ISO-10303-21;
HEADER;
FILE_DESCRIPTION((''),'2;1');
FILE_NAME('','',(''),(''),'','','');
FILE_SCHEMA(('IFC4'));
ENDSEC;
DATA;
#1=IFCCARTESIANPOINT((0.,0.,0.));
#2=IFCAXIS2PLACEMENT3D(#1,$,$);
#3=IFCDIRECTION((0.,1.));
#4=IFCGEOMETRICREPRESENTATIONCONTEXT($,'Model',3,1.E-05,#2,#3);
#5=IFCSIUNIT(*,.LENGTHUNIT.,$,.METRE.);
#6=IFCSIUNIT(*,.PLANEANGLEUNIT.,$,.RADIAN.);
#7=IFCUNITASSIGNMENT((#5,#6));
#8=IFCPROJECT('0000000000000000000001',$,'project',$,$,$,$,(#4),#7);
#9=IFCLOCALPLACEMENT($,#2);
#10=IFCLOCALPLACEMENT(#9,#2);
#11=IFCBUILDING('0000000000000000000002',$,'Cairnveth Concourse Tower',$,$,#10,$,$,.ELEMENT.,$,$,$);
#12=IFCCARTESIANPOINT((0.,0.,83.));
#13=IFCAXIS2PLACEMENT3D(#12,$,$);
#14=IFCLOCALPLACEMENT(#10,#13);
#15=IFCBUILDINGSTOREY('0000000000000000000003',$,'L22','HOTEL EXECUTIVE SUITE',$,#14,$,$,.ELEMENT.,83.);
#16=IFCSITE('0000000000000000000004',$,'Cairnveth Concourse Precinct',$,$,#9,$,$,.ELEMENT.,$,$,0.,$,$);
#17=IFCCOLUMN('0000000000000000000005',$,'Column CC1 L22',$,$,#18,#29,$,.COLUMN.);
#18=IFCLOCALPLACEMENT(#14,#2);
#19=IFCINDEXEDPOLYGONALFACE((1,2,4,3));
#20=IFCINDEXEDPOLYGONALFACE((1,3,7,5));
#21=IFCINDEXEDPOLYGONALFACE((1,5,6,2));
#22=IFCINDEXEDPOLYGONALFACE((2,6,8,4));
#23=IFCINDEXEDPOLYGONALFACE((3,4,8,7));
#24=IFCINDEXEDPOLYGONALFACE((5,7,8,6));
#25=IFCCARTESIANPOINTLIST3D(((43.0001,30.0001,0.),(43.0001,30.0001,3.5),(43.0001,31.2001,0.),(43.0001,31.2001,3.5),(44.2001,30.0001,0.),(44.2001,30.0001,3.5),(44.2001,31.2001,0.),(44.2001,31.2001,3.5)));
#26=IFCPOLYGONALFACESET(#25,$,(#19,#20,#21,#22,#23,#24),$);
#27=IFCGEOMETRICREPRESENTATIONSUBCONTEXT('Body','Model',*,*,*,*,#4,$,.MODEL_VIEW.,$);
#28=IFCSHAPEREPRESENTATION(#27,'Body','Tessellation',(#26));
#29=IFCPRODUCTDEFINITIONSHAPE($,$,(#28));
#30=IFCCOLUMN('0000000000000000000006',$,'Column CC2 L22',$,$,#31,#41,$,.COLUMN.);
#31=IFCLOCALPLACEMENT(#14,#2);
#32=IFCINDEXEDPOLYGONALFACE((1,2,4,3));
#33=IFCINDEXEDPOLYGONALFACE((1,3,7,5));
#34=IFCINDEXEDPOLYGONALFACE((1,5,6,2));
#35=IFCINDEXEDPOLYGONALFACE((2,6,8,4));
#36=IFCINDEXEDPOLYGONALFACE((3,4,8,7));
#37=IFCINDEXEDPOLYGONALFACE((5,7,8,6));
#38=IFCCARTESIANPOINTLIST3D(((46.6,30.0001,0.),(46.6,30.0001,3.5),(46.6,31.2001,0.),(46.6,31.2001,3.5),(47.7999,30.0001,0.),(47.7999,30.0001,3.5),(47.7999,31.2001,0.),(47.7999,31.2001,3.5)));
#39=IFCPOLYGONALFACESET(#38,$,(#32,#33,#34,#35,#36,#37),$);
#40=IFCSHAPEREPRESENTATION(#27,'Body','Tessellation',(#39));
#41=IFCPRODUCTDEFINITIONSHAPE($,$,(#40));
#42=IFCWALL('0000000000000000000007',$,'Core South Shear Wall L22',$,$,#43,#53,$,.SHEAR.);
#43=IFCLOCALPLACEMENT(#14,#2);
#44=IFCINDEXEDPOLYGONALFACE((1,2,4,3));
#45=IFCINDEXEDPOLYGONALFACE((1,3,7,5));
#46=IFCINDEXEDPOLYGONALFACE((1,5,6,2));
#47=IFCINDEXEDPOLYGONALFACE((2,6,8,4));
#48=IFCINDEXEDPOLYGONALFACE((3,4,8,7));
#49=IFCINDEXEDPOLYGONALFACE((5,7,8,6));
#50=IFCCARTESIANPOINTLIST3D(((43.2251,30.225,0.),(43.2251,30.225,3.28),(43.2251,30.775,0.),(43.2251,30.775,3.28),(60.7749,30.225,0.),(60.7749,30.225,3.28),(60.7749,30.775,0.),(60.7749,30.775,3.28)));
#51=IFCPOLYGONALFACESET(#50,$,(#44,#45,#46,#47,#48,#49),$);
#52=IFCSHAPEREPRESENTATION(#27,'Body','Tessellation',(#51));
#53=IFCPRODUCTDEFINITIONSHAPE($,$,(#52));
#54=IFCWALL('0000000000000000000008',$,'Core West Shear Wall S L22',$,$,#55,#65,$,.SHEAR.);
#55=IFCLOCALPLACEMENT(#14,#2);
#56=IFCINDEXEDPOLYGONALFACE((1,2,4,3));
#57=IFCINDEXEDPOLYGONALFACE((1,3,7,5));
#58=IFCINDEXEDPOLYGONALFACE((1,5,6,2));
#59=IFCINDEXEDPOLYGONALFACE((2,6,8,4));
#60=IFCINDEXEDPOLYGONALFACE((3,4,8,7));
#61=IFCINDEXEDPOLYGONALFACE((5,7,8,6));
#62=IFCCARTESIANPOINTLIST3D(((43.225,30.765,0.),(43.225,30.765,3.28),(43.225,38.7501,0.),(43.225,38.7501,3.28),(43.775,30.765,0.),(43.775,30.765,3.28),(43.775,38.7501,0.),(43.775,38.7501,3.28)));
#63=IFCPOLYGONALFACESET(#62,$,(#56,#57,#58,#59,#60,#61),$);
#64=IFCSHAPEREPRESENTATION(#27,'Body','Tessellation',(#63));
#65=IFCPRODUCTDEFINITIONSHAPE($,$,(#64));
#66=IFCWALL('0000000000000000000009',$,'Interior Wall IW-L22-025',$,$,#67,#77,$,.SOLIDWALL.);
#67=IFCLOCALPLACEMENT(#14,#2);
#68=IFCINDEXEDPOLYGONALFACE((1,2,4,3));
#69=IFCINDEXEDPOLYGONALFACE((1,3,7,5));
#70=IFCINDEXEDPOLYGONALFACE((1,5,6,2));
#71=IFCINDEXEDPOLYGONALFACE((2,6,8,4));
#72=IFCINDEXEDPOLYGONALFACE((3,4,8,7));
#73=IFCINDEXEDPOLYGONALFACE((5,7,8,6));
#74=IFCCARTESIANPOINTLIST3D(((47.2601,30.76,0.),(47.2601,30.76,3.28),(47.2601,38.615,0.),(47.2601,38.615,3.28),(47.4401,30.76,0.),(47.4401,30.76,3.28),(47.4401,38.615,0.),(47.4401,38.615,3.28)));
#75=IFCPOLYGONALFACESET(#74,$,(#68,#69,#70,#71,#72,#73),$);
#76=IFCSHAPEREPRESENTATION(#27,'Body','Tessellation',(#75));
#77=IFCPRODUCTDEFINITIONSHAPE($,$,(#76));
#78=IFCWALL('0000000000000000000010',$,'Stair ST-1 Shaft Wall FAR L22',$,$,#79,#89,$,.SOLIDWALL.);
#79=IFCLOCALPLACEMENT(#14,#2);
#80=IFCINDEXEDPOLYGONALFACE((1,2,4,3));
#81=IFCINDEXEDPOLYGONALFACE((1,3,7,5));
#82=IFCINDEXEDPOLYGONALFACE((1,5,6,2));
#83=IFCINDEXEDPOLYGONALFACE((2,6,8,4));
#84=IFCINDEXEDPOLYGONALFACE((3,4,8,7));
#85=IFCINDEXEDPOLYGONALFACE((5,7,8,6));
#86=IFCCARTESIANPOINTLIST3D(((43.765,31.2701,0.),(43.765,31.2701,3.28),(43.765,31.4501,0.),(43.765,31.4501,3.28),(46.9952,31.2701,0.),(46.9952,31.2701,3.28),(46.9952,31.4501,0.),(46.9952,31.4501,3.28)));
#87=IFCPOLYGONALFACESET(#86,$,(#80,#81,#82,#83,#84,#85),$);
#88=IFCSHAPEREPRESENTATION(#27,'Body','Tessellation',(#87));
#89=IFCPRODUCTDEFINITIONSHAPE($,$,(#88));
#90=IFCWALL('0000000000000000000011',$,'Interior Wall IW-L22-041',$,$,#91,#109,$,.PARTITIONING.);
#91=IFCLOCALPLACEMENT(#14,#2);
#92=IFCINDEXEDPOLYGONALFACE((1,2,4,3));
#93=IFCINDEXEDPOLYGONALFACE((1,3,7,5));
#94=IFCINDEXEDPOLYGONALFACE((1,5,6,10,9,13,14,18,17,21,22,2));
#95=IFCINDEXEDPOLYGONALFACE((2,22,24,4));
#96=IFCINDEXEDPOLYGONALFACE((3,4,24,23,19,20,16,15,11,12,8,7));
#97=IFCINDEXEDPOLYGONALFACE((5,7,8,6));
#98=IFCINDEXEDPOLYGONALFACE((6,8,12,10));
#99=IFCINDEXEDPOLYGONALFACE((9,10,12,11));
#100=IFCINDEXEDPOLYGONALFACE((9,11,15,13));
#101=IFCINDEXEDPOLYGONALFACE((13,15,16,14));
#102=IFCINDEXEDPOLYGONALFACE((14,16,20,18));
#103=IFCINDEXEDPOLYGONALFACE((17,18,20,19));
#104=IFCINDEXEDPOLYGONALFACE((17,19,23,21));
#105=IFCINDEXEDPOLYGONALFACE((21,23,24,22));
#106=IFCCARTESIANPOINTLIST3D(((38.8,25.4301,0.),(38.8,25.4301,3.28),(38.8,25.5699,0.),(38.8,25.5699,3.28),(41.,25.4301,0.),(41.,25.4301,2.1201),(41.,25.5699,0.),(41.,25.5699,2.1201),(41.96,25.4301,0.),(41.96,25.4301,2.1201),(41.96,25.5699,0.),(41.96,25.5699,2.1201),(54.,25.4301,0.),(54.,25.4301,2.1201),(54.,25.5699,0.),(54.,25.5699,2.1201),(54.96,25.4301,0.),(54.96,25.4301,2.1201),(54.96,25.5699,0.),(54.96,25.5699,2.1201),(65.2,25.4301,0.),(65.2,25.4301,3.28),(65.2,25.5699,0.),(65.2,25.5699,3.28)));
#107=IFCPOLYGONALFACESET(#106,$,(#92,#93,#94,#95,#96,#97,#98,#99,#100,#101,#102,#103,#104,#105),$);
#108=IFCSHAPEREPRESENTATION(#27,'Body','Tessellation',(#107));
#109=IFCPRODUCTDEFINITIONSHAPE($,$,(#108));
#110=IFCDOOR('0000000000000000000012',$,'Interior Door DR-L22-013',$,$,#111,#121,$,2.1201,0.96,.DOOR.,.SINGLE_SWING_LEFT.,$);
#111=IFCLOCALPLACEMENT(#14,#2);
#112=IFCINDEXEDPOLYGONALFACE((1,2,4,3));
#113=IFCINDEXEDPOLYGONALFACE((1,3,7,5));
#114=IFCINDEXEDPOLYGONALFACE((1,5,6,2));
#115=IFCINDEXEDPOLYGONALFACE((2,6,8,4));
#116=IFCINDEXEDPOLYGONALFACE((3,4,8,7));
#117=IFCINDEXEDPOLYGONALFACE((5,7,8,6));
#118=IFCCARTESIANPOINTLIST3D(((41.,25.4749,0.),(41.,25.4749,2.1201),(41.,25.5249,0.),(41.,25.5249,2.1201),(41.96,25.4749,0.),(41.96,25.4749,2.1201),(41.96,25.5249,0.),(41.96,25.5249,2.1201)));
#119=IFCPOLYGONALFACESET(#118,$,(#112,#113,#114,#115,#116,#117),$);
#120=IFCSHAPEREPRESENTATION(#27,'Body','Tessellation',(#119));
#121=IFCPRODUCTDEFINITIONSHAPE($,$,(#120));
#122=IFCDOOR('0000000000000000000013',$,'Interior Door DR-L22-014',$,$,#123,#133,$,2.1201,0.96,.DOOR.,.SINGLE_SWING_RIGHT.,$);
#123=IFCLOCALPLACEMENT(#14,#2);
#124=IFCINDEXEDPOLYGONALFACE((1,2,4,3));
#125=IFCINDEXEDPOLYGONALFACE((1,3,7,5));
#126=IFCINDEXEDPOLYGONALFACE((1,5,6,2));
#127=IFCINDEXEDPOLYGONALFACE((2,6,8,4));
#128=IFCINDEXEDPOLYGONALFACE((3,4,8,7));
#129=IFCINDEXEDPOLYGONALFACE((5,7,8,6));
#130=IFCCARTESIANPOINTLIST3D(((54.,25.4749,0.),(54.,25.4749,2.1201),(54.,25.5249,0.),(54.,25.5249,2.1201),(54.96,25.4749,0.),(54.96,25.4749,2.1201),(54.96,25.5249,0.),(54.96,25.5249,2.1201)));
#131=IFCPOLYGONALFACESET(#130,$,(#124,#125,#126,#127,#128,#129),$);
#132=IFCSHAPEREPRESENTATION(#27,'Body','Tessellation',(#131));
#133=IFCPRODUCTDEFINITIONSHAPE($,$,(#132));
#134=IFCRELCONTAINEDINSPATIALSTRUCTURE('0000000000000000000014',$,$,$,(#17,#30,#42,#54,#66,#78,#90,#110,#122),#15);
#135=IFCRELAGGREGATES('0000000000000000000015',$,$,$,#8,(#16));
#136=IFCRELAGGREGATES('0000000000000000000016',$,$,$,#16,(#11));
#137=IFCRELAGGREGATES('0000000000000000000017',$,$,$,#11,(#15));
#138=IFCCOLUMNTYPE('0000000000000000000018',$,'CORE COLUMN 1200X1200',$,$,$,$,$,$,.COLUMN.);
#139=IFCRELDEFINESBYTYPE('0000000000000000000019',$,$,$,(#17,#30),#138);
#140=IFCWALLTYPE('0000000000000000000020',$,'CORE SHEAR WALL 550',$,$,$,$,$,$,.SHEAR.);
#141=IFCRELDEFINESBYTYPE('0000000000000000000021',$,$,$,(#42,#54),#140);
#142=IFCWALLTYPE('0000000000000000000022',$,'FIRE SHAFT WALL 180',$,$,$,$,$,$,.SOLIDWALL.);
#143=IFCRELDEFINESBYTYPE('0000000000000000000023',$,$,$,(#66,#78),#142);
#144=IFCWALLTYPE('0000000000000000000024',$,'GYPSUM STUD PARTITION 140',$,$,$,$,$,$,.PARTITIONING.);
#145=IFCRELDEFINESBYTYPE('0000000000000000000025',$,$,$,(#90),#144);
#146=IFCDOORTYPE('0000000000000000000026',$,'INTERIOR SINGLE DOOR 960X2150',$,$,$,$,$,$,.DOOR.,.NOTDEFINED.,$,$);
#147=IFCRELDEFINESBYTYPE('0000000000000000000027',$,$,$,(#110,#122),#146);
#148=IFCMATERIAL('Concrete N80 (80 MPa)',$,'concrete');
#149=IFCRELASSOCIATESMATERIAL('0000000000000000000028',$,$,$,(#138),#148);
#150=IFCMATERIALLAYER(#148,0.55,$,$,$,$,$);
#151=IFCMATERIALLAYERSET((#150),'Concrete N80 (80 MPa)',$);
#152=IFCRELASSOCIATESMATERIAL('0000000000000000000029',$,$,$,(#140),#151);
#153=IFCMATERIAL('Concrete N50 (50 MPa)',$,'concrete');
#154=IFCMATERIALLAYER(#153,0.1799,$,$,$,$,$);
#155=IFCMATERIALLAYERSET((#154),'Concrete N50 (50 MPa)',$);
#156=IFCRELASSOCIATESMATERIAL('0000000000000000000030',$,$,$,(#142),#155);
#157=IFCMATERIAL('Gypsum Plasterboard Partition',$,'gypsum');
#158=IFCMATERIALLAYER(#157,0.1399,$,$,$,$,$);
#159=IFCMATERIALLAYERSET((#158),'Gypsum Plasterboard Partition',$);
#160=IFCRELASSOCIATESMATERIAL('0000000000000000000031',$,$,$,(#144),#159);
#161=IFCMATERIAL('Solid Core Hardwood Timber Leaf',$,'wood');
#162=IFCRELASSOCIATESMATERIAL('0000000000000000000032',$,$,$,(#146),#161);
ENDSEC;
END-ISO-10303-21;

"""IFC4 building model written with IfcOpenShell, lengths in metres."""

from ifc_helpers import new_model, si_unit, direction, frame, frame_2d, origin, origin_2d, place, context, subcontext, project, spatial, rectangle, extrude, material, layer, layer_set, material_profile, profile_set, type_object, element, fill, save


model = new_model("IFC4")

# Units and contexts
model_context = context("Model", 3, precision=1e-05, world=origin(), true_north=direction((0.0, 1.0)))
body_context = subcontext(model_context, "Body", "Model", "MODEL_VIEW")
ifc_project = project(units=[si_unit("LENGTHUNIT", "METRE"), si_unit("PLANEANGLEUNIT", "RADIAN")], contexts=[model_context])

# Site, building, storey
site_placement = place(None, origin())
site = spatial("IfcSite", under=ifc_project, at=site_placement, Name="Cairnveth Concourse Precinct", CompositionType="ELEMENT", RefElevation=0.0)
building_placement = place(site_placement, origin())
building = spatial("IfcBuilding", under=site, at=building_placement, Name="Cairnveth Concourse Tower", CompositionType="ELEMENT")
storey_placement = place(building_placement, frame((0.0, 0.0, 83.0)))
storey = spatial("IfcBuildingStorey", under=building, at=storey_placement, Name="L22", Description="HOTEL EXECUTIVE SUITE", CompositionType="ELEMENT", Elevation=83.0)

# Columns
ifc_material_1 = material(Name="Concrete N80 (80 MPa)", Category="concrete")
ifc_material_profile = material_profile(ifc_material_1, rectangle(XDim=1.2, YDim=1.2, at=origin_2d()), Name="RC-COL-1200x1200")
ifc_profile_set = profile_set([ifc_material_profile], Name="Concrete N80 (80 MPa)")
column_type = type_object("IfcColumnType", Name="CORE COLUMN 1200X1200", PredefinedType="COLUMN", material=ifc_profile_set)
for number, where, z_axis, x_axis, name in (
    (1, (43.6001, 30.6001, 0.0), (0.0, 0.0, 1.0), (1.0, 0.0, 0.0), "Column CC1 L22"),
    (2, (47.2, 30.6001, 0.0), (0.0, 0.0, 1.0), (1.0, 0.0, 0.0), "Column CC2 L22"),
):
    element("IfcColumn", number, at=place(storey_placement, frame(where, z_axis=z_axis, x_axis=x_axis)), inside=storey, type_object=column_type, Name=name, PredefinedType="COLUMN", context=body_context, shape_type="SweptSolid", body=[
        extrude(rectangle(XDim=1.2, YDim=1.2, at=origin_2d()), origin(), (0.0, 0.0, 1.0), 3.5),
    ])

# Walls
ifc_layer_1 = layer(ifc_material_1, 0.55)
ifc_layer_set_1 = layer_set([ifc_layer_1], Name="Concrete N80 (80 MPa)")
wall_type_1 = type_object("IfcWallType", Name="CORE SHEAR WALL 550", PredefinedType="SHEAR", material=ifc_layer_set_1)
wall_1_placement = place(storey_placement, frame((43.2251, 30.5, 0.0), z_axis=(0.0, 0.0, 1.0), x_axis=(1.0, 0.0, 0.0)))
element("IfcWall", 3, at=wall_1_placement, inside=storey, type_object=wall_type_1, Name="Core South Shear Wall L22", PredefinedType="SHEAR", context=body_context, shape_type="SweptSolid", body=[
    extrude(rectangle(XDim=17.5498, YDim=0.55, at=frame_2d((8.7749, 0.0))), origin(), (0.0, 0.0, 1.0), 3.28),
])
wall_2_placement = place(storey_placement, frame((43.5, 30.7649, 0.0), z_axis=(0.0, 0.0, 1.0), x_axis=(0.0, 1.0, 0.0)))
element("IfcWall", 4, at=wall_2_placement, inside=storey, type_object=wall_type_1, Name="Core West Shear Wall S L22", PredefinedType="SHEAR", context=body_context, shape_type="SweptSolid", body=[
    extrude(rectangle(XDim=7.9851, YDim=0.55, at=frame_2d((3.9927, 0.0))), origin(), (0.0, 0.0, 1.0), 3.28),
])
ifc_material_2 = material(Name="Concrete N50 (50 MPa)", Category="concrete")
ifc_layer_2 = layer(ifc_material_2, 0.1799)
ifc_layer_set_2 = layer_set([ifc_layer_2], Name="Concrete N50 (50 MPa)")
wall_type_2 = type_object("IfcWallType", Name="FIRE SHAFT WALL 180", PredefinedType="SOLIDWALL", material=ifc_layer_set_2)
wall_3_placement = place(storey_placement, frame((47.3501, 30.76, 0.0), z_axis=(0.0, 0.0, 1.0), x_axis=(0.0, 1.0, 0.0)))
element("IfcWall", 5, at=wall_3_placement, inside=storey, type_object=wall_type_2, Name="Interior Wall IW-L22-025", PredefinedType="SOLIDWALL", context=body_context, shape_type="SweptSolid", body=[
    extrude(rectangle(XDim=7.855, YDim=0.1799, at=frame_2d((3.9275, 0.0))), origin(), (0.0, 0.0, 1.0), 3.28),
])
wall_4_placement = place(storey_placement, frame((43.7649, 31.3601, 0.0), z_axis=(0.0, 0.0, 1.0), x_axis=(1.0, 0.0, 0.0)))
element("IfcWall", 6, at=wall_4_placement, inside=storey, type_object=wall_type_2, Name="Stair ST-1 Shaft Wall FAR L22", PredefinedType="SOLIDWALL", context=body_context, shape_type="SweptSolid", body=[
    extrude(rectangle(XDim=3.2302, YDim=0.1799, at=frame_2d((1.6152, 0.0))), origin(), (0.0, 0.0, 1.0), 3.28),
])

# Wall, openings, doors
ifc_material_3 = material(Name="Gypsum Plasterboard Partition", Category="gypsum")
ifc_layer_3 = layer(ifc_material_3, 0.1399)
ifc_layer_set_3 = layer_set([ifc_layer_3], Name="Gypsum Plasterboard Partition")
wall_type_3 = type_object("IfcWallType", Name="GYPSUM STUD PARTITION 140", PredefinedType="PARTITIONING", material=ifc_layer_set_3)
wall_5_placement = place(storey_placement, frame((38.8, 25.5, 0.0), z_axis=(0.0, 0.0, 1.0), x_axis=(1.0, 0.0, 0.0)))
wall_5 = element("IfcWall", 7, at=wall_5_placement, inside=storey, type_object=wall_type_3, Name="Interior Wall IW-L22-041", PredefinedType="PARTITIONING", context=body_context, shape_type="SweptSolid", body=[
    extrude(rectangle(XDim=26.3999, YDim=0.1399, at=frame_2d((13.2, 0.0))), origin(), (0.0, 0.0, 1.0), 3.28),
])
opening_1_placement = place(wall_5_placement, frame((2.2, 0.0, 0.0)))
opening_1 = element("IfcOpeningElement", 8, at=opening_1_placement, cuts=wall_5, PredefinedType="OPENING", context=body_context, shape_type="SweptSolid", body=[
    extrude(rectangle(XDim=0.96, YDim=2.1201, at=frame_2d((0.48, 1.0601))), frame((0.0, 0.0798, 0.0), z_axis=(0.0, -1.0, 0.0), x_axis=(1.0, 0.0, 0.0)), (0.0, 0.0, 1.0), 0.1599),
])
opening_2_placement = place(wall_5_placement, frame((15.2, 0.0, 0.0)))
opening_2 = element("IfcOpeningElement", 9, at=opening_2_placement, cuts=wall_5, PredefinedType="OPENING", context=body_context, shape_type="SweptSolid", body=[
    extrude(rectangle(XDim=0.96, YDim=2.1201, at=frame_2d((0.48, 1.0601))), frame((0.0, 0.0798, 0.0), z_axis=(0.0, -1.0, 0.0), x_axis=(1.0, 0.0, 0.0)), (0.0, 0.0, 1.0), 0.1599),
])
ifc_material_4 = material(Name="Solid Core Hardwood Timber Leaf", Category="wood")
door_type_1 = type_object("IfcDoorType", Name="INTERIOR SINGLE DOOR 960X2150", OperationType="NOTDEFINED", PredefinedType="DOOR", material=ifc_material_4)
door_1_placement = place(opening_1_placement, origin())
door_1 = element("IfcDoor", 10, at=door_1_placement, inside=storey, type_object=door_type_1, Name="Interior Door DR-L22-013", OperationType="SINGLE_SWING_LEFT", OverallHeight=2.1201, OverallWidth=0.96, PredefinedType="DOOR", context=body_context, shape_type="SweptSolid", body=[
    extrude(rectangle(XDim=0.96, YDim=2.1201, at=frame_2d((0.48, 1.0601))), frame((0.0, 0.0249, 0.0), z_axis=(0.0, -1.0, 0.0), x_axis=(1.0, 0.0, 0.0)), (0.0, 0.0, 1.0), 0.05),
])
fill(opening_1, door_1)
door_2_placement = place(opening_2_placement, origin())
door_2 = element("IfcDoor", 11, at=door_2_placement, inside=storey, type_object=door_type_1, Name="Interior Door DR-L22-014", OperationType="SINGLE_SWING_RIGHT", OverallHeight=2.1201, OverallWidth=0.96, PredefinedType="DOOR", context=body_context, shape_type="SweptSolid", body=[
    extrude(rectangle(XDim=0.96, YDim=2.1201, at=frame_2d((0.48, 1.0601))), frame((0.0, 0.0249, 0.0), z_axis=(0.0, -1.0, 0.0), x_axis=(1.0, 0.0, 0.0)), (0.0, 0.0, 1.0), 0.05),
])
fill(opening_2, door_2)

save(model, "model.ifc")
